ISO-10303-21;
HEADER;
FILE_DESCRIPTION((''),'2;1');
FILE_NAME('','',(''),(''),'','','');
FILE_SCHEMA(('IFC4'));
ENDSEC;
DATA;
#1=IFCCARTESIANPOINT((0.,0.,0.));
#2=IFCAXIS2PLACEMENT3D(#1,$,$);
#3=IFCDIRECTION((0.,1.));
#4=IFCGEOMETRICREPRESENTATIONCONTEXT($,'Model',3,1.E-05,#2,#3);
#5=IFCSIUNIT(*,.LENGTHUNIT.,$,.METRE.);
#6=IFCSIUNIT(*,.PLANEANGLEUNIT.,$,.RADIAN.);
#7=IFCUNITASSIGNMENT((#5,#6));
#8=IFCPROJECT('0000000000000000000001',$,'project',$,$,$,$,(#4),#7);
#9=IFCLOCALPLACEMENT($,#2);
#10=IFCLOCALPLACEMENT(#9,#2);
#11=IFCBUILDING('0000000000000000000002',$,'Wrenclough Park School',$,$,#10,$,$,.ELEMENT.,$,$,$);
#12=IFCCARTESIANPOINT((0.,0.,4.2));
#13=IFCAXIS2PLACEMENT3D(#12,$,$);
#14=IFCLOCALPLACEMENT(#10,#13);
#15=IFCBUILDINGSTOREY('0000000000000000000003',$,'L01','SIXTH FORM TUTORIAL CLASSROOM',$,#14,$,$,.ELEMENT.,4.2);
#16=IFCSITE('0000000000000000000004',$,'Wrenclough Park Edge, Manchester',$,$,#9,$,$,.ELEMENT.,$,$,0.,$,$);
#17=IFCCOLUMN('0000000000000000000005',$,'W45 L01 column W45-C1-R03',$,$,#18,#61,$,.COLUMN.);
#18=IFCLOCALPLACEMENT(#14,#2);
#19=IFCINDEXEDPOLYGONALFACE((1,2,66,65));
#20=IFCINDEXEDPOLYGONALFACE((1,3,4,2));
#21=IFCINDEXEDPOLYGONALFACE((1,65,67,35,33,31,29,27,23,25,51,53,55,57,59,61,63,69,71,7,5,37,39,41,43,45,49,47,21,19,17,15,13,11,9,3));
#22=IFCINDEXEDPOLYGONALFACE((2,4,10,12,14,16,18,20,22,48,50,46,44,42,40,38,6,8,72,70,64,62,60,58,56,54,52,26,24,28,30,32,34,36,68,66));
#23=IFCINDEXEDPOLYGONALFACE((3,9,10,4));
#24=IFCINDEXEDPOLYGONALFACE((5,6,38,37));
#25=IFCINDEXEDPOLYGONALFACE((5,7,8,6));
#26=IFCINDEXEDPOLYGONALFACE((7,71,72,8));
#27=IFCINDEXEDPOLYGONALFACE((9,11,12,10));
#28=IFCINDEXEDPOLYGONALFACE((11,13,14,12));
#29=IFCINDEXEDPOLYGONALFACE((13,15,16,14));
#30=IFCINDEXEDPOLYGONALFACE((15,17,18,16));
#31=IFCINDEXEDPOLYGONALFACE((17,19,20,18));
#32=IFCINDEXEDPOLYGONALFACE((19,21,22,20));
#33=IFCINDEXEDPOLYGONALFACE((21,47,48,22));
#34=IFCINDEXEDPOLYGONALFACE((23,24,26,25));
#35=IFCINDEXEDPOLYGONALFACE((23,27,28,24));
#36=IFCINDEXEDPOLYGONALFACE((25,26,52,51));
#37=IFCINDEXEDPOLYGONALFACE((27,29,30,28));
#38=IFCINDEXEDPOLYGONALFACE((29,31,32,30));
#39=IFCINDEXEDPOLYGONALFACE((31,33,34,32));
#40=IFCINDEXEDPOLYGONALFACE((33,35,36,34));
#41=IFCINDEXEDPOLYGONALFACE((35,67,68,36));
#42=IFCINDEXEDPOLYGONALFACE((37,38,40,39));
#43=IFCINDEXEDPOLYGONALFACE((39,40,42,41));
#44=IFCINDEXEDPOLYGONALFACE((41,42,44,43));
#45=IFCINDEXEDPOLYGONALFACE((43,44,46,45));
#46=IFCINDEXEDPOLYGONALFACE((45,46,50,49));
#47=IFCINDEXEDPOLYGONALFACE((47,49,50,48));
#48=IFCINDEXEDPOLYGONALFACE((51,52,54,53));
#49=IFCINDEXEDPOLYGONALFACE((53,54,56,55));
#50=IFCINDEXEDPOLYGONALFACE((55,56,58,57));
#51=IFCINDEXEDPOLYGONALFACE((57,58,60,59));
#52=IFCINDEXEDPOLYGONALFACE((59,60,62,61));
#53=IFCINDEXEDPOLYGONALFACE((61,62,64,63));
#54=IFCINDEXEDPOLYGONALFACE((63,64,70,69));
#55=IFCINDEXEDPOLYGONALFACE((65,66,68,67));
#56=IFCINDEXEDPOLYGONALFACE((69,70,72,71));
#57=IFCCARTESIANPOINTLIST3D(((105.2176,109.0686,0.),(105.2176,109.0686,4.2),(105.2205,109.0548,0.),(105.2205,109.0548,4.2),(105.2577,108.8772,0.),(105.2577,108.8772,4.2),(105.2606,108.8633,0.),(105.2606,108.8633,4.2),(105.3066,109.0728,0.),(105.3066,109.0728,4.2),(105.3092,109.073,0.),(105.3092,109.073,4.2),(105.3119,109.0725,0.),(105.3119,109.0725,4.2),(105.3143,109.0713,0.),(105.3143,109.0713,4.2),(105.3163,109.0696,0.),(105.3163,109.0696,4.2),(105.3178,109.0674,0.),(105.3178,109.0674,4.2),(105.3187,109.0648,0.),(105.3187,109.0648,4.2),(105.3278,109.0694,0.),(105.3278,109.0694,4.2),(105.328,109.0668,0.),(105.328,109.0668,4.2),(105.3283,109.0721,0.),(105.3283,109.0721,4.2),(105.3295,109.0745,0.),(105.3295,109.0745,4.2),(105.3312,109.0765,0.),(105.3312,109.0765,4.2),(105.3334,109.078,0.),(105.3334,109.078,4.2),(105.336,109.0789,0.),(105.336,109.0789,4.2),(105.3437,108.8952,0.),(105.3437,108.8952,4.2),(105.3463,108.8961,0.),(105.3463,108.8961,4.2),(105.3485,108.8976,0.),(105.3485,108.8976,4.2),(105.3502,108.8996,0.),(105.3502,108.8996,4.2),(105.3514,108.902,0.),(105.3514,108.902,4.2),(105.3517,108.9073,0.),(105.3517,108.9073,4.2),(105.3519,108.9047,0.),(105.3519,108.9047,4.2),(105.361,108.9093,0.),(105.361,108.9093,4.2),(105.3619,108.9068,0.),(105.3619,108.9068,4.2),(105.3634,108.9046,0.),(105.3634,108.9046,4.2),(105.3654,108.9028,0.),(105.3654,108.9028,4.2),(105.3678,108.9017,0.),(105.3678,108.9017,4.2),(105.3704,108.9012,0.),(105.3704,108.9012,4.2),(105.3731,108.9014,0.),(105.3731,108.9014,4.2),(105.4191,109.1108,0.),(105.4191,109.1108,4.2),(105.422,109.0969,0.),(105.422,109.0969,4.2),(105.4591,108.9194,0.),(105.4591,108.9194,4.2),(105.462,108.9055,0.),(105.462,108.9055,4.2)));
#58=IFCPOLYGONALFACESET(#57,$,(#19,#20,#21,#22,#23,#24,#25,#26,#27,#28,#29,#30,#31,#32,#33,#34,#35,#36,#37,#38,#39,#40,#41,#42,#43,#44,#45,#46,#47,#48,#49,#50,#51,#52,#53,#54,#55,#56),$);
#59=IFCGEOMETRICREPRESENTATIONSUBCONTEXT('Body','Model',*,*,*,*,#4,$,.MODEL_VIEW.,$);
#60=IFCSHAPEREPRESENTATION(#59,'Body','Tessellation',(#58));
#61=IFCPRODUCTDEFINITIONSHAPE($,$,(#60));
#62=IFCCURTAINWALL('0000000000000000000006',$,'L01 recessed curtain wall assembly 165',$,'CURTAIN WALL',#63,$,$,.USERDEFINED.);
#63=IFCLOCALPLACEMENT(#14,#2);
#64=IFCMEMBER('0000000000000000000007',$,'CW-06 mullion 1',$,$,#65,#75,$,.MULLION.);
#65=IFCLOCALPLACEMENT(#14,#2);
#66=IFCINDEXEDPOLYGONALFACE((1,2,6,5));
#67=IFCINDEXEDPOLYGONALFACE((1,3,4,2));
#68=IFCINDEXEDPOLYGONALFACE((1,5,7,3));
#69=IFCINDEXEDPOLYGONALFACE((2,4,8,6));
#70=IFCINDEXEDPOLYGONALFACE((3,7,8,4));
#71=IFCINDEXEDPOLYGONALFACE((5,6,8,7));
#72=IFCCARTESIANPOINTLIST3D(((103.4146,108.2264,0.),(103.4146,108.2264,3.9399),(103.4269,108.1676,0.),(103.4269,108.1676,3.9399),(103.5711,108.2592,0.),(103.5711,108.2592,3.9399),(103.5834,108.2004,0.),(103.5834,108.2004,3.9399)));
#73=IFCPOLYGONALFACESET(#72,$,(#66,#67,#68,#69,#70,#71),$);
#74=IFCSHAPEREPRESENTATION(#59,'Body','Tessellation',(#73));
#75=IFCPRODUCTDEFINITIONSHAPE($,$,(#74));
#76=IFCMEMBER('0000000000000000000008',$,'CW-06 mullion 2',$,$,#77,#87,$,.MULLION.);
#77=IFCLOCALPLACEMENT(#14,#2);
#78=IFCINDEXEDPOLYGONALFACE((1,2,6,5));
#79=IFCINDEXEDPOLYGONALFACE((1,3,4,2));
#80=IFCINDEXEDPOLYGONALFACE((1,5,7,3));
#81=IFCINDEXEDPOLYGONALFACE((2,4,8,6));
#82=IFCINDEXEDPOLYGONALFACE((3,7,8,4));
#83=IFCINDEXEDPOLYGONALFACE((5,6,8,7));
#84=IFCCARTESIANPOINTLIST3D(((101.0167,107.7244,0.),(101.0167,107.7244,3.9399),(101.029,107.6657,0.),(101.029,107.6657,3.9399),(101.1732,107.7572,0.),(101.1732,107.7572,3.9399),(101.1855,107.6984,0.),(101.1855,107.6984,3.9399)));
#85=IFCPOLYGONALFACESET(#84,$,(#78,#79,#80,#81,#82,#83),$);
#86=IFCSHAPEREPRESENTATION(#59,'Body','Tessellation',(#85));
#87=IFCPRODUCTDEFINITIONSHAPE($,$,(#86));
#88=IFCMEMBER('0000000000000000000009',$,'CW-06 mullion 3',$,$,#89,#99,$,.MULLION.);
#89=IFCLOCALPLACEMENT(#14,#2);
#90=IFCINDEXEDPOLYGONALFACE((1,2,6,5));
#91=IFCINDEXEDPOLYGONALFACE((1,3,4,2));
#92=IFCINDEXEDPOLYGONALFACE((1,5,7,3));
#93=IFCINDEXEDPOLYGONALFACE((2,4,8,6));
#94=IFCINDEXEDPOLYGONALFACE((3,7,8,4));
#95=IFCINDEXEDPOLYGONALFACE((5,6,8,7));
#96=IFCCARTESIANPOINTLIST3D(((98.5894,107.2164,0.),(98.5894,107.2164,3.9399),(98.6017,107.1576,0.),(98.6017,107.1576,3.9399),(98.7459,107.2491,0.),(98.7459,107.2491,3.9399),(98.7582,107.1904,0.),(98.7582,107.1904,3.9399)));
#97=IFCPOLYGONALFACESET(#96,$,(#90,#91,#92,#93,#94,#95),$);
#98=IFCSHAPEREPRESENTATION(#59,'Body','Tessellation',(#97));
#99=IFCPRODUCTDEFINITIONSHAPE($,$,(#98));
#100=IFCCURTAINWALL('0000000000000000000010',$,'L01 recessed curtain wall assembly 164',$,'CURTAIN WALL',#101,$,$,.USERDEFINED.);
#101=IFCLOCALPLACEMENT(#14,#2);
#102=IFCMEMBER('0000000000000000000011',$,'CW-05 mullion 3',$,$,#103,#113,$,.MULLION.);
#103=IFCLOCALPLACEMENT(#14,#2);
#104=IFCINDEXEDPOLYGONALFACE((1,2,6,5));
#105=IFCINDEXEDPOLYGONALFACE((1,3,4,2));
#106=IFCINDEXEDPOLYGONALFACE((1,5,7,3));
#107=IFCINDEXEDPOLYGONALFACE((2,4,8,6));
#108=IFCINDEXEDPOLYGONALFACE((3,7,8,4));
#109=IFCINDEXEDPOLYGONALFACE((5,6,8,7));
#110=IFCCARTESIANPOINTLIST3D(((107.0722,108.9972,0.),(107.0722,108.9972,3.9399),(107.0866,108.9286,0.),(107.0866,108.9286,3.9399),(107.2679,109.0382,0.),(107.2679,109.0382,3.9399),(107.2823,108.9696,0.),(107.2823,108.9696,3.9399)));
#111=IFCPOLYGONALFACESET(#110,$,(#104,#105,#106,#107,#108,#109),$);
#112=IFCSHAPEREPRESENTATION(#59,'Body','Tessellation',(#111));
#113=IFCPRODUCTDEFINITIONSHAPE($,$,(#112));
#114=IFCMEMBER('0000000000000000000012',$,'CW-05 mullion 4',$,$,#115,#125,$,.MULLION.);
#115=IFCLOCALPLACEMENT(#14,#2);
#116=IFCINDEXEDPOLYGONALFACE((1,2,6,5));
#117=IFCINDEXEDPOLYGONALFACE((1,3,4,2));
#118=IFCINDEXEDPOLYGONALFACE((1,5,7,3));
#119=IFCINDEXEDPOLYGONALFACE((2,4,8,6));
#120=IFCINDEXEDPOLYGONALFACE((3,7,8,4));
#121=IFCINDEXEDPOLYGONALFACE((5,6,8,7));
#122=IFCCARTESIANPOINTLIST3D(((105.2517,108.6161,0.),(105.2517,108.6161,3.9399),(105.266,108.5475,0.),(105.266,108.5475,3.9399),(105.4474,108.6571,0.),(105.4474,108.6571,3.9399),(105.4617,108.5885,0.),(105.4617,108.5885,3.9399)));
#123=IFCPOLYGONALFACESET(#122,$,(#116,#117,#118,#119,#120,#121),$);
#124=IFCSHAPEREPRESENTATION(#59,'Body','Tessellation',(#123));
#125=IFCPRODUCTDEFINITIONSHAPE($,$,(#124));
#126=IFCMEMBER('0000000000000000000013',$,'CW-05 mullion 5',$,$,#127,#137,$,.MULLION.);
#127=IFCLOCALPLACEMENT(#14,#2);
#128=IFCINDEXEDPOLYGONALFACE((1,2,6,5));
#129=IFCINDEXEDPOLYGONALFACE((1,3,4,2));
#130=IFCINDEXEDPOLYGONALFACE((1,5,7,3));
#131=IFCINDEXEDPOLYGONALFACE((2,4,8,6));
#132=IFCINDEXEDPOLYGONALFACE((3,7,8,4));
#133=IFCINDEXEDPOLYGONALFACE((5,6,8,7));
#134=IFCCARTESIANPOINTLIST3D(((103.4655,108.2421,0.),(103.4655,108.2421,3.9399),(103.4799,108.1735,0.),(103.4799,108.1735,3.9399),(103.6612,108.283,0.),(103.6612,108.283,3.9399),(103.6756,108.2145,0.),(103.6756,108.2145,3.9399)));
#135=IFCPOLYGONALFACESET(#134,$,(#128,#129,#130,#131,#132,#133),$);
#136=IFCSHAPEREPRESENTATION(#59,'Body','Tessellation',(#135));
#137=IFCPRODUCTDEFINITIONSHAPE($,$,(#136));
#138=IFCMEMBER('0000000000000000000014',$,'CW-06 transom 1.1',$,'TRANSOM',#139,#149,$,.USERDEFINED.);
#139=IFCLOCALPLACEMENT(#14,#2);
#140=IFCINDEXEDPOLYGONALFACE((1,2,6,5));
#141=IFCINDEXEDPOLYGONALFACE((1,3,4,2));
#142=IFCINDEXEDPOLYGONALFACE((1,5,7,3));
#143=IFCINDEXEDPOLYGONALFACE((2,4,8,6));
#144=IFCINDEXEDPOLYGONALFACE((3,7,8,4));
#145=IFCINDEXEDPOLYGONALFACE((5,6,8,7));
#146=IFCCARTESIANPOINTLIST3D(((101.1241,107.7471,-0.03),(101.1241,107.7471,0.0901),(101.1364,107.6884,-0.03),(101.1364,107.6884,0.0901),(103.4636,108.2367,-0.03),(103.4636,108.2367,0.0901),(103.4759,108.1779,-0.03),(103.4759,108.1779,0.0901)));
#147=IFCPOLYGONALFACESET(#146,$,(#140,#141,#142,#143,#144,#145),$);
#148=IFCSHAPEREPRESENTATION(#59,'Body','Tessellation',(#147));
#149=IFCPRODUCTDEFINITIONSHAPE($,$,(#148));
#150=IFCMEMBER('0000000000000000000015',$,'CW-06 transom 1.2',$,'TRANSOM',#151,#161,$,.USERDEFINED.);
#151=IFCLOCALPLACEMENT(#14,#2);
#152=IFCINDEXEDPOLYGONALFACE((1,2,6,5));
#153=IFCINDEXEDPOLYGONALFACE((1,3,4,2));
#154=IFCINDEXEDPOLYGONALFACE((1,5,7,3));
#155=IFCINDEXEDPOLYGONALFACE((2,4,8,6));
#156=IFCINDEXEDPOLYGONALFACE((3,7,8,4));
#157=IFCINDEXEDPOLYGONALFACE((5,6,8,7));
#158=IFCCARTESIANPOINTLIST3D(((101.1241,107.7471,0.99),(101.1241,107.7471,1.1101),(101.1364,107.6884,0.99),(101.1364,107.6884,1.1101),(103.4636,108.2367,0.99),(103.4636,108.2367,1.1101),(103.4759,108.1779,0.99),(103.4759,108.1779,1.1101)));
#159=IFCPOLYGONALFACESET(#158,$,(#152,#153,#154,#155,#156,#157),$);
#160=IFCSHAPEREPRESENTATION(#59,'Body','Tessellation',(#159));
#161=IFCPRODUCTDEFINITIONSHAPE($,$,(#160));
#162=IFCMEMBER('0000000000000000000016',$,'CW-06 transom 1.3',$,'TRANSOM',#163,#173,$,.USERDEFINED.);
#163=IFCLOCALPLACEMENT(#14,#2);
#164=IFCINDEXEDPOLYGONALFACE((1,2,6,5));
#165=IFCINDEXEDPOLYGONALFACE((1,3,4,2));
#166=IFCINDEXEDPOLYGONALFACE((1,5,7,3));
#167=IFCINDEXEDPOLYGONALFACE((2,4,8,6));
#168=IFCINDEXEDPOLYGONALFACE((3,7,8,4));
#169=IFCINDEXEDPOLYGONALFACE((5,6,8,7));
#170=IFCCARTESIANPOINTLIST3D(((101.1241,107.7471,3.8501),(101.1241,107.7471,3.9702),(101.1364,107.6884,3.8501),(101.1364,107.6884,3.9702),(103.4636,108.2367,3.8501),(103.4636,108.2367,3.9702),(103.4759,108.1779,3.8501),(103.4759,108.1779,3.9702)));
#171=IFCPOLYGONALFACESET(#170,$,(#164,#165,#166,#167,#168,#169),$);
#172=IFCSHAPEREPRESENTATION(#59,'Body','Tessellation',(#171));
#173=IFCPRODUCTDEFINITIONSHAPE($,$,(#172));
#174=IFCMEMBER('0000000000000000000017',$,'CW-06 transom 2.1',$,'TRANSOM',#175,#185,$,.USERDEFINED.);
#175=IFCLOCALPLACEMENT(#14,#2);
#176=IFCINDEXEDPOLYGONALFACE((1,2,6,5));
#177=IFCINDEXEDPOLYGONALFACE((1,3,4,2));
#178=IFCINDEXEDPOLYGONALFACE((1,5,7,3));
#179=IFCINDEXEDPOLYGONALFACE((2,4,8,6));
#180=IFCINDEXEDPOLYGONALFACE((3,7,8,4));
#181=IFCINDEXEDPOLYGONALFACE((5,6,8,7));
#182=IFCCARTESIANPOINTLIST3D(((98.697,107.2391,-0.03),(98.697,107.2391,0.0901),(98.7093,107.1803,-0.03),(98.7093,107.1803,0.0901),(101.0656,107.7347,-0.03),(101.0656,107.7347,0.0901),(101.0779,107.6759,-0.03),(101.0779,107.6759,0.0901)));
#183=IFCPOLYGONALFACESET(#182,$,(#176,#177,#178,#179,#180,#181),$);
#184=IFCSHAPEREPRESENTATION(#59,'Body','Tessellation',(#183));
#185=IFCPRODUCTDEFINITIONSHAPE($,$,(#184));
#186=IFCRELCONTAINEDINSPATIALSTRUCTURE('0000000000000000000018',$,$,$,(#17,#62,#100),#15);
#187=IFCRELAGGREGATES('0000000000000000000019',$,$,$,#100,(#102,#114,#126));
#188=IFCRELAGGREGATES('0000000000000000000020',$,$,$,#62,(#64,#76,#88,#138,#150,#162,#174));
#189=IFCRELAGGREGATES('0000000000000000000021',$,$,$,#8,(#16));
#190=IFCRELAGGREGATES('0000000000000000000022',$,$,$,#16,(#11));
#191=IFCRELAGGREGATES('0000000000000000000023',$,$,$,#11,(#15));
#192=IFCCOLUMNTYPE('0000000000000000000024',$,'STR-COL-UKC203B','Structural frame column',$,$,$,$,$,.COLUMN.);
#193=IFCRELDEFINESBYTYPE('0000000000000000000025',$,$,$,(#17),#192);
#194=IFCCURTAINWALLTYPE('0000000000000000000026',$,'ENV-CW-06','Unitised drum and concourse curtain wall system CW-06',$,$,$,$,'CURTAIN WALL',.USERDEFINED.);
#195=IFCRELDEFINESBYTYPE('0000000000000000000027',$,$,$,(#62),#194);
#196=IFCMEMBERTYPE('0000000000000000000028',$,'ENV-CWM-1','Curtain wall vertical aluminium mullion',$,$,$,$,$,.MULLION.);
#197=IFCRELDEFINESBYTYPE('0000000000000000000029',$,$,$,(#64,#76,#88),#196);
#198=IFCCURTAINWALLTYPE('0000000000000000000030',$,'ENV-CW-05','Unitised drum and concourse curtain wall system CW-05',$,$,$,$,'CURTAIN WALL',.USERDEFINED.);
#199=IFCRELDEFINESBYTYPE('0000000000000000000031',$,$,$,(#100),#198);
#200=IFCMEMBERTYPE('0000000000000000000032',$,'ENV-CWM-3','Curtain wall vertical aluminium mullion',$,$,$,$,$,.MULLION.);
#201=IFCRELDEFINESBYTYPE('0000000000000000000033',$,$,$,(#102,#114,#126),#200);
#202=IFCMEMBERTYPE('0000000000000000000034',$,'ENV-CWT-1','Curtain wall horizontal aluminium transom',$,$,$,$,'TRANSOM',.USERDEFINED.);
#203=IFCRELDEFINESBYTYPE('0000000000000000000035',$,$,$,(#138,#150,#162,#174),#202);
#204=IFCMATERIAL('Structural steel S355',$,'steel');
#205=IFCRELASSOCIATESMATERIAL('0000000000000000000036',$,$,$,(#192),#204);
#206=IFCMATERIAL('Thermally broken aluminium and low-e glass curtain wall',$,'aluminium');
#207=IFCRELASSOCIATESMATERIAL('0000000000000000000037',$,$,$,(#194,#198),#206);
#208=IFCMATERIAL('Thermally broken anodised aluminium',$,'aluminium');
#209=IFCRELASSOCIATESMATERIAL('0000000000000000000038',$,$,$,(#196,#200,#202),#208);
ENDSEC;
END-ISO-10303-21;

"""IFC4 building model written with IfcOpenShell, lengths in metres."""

from ifc_helpers import new_model, si_unit, direction, frame, origin, origin_2d, place, context, subcontext, project, spatial, rectangle, i_section, extrude, material, material_profile, profile_set, type_object, element, aggregate, save


model = new_model("IFC4")

# Units and contexts
model_context = context("Model", 3, precision=1e-05, world=origin(), true_north=direction((0.0, 1.0)))
body_context = subcontext(model_context, "Body", "Model", "MODEL_VIEW")
ifc_project = project(units=[si_unit("LENGTHUNIT", "METRE"), si_unit("PLANEANGLEUNIT", "RADIAN")], contexts=[model_context])

# Site, building, storey
site_placement = place(None, origin())
site = spatial("IfcSite", under=ifc_project, at=site_placement, Name="Wrenclough Park Edge, Manchester", CompositionType="ELEMENT", RefElevation=0.0)
building_placement = place(site_placement, origin())
building = spatial("IfcBuilding", under=site, at=building_placement, Name="Wrenclough Park School", CompositionType="ELEMENT")
storey_placement = place(building_placement, frame((0.0, 0.0, 4.2)))
storey = spatial("IfcBuildingStorey", under=building, at=storey_placement, Name="L01", Description="SIXTH FORM TUTORIAL CLASSROOM", CompositionType="ELEMENT", Elevation=4.2)

# Column
ifc_material_1 = material(Name="Structural steel S355", Category="steel")
ifc_material_profile_1 = material_profile(ifc_material_1, i_section(OverallWidth=0.2058, OverallDepth=0.2097, WebThickness=0.0095, FlangeThickness=0.0142, FilletRadius=0.0103, at=origin_2d()), Name="UKC 203x203x60")
ifc_profile_set_1 = profile_set([ifc_material_profile_1], Name="Structural steel S355")
column_type = type_object("IfcColumnType", Name="STR-COL-UKC203B", Description="Structural frame column", PredefinedType="COLUMN", material=ifc_profile_set_1)
column_placement = place(storey_placement, frame((105.3398, 108.9871, 0.0), z_axis=(0.0, 0.0, 1.0), x_axis=(0.978796, 0.204838, 0.0)))
element("IfcColumn", 1, at=column_placement, inside=storey, type_object=column_type, Name="W45 L01 column W45-C1-R03", PredefinedType="COLUMN", context=body_context, shape_type="SweptSolid", body=[
    extrude(i_section(OverallWidth=0.2058, OverallDepth=0.2097, WebThickness=0.0095, FlangeThickness=0.0142, FilletRadius=0.0103, at=origin_2d()), origin(), (0.0, 0.0, 1.0), 4.2),
])

# Curtain walls, members
ifc_material_2 = material(Name="Thermally broken aluminium and low-e glass curtain wall", Category="aluminium")
curtain_wall_type_1 = type_object("IfcCurtainWallType", Name="ENV-CW-06", Description="Unitised drum and concourse curtain wall system CW-06", ElementType="CURTAIN WALL", PredefinedType="USERDEFINED", material=ifc_material_2)
curtain_wall_1_placement = place(storey_placement, origin())
curtain_wall_1 = element("IfcCurtainWall", 2, at=curtain_wall_1_placement, inside=storey, type_object=curtain_wall_type_1, Name="L01 recessed curtain wall assembly 165", ObjectType="CURTAIN WALL", PredefinedType="USERDEFINED")
ifc_material_3 = material(Name="Thermally broken anodised aluminium", Category="aluminium")
ifc_material_profile_2 = material_profile(ifc_material_3, rectangle(XDim=0.0601, YDim=0.1599, at=origin_2d()), Name="AL MULLION 60x160")
ifc_profile_set_2 = profile_set([ifc_material_profile_2], Name="Thermally broken anodised aluminium")
member_type_1 = type_object("IfcMemberType", Name="ENV-CWM-1", Description="Curtain wall vertical aluminium mullion", PredefinedType="MULLION", material=ifc_profile_set_2)
member_1_placement = place(storey_placement, frame((103.499, 108.2134, 0.0), z_axis=(0.0, 0.0, 1.0), x_axis=(0.204874, -0.978788, 0.0)))
member_1 = element("IfcMember", 3, at=member_1_placement, type_object=member_type_1, Name="CW-06 mullion 1", PredefinedType="MULLION", context=body_context, shape_type="SweptSolid", body=[
    extrude(rectangle(XDim=0.0601, YDim=0.1599, at=origin_2d()), origin(), (0.0, 0.0, 1.0), 3.9399),
])
member_2_placement = place(storey_placement, frame((101.1011, 107.7114, 0.0), z_axis=(0.0, 0.0, 1.0), x_axis=(0.204874, -0.978788, 0.0)))
member_2 = element("IfcMember", 4, at=member_2_placement, type_object=member_type_1, Name="CW-06 mullion 2", PredefinedType="MULLION", context=body_context, shape_type="SweptSolid", body=[
    extrude(rectangle(XDim=0.0601, YDim=0.1599, at=origin_2d()), origin(), (0.0, 0.0, 1.0), 3.9399),
])
member_3_placement = place(storey_placement, frame((98.6738, 107.2034, 0.0), z_axis=(0.0, 0.0, 1.0), x_axis=(0.204874, -0.978788, 0.0)))
member_3 = element("IfcMember", 5, at=member_3_placement, type_object=member_type_1, Name="CW-06 mullion 3", PredefinedType="MULLION", context=body_context, shape_type="SweptSolid", body=[
    extrude(rectangle(XDim=0.0601, YDim=0.1599, at=origin_2d()), origin(), (0.0, 0.0, 1.0), 3.9399),
])
curtain_wall_type_2 = type_object("IfcCurtainWallType", Name="ENV-CW-05", Description="Unitised drum and concourse curtain wall system CW-05", ElementType="CURTAIN WALL", PredefinedType="USERDEFINED", material=ifc_material_2)
curtain_wall_2_placement = place(storey_placement, origin())
curtain_wall_2 = element("IfcCurtainWall", 6, at=curtain_wall_2_placement, inside=storey, type_object=curtain_wall_type_2, Name="L01 recessed curtain wall assembly 164", ObjectType="CURTAIN WALL", PredefinedType="USERDEFINED")
ifc_material_profile_3 = material_profile(ifc_material_3, rectangle(XDim=0.0701, YDim=0.2, at=origin_2d()), Name="AL MULLION 70x200")
ifc_profile_set_3 = profile_set([ifc_material_profile_3], Name="Thermally broken anodised aluminium")
member_type_2 = type_object("IfcMemberType", Name="ENV-CWM-3", Description="Curtain wall vertical aluminium mullion", PredefinedType="MULLION", material=ifc_profile_set_3)
member_4_placement = place(storey_placement, frame((107.1772, 108.9834, 0.0), z_axis=(0.0, 0.0, 1.0), x_axis=(0.204874, -0.978788, 0.0)))
member_4 = element("IfcMember", 7, at=member_4_placement, type_object=member_type_2, Name="CW-05 mullion 3", PredefinedType="MULLION", context=body_context, shape_type="SweptSolid", body=[
    extrude(rectangle(XDim=0.0701, YDim=0.2, at=origin_2d()), origin(), (0.0, 0.0, 1.0), 3.9399),
])
member_5_placement = place(storey_placement, frame((105.3567, 108.6023, 0.0), z_axis=(0.0, 0.0, 1.0), x_axis=(0.204874, -0.978788, 0.0)))
member_5 = element("IfcMember", 8, at=member_5_placement, type_object=member_type_2, Name="CW-05 mullion 4", PredefinedType="MULLION", context=body_context, shape_type="SweptSolid", body=[
    extrude(rectangle(XDim=0.0701, YDim=0.2, at=origin_2d()), origin(), (0.0, 0.0, 1.0), 3.9399),
])
member_6_placement = place(storey_placement, frame((103.5706, 108.2283, 0.0), z_axis=(0.0, 0.0, 1.0), x_axis=(0.204874, -0.978788, 0.0)))
member_6 = element("IfcMember", 9, at=member_6_placement, type_object=member_type_2, Name="CW-05 mullion 5", PredefinedType="MULLION", context=body_context, shape_type="SweptSolid", body=[
    extrude(rectangle(XDim=0.0701, YDim=0.2, at=origin_2d()), origin(), (0.0, 0.0, 1.0), 3.9399),
])

# Members
ifc_material_profile_4 = material_profile(ifc_material_3, rectangle(XDim=0.0601, YDim=0.1201, at=origin_2d()), Name="AL TRANSOM 60x120")
ifc_profile_set_4 = profile_set([ifc_material_profile_4], Name="Thermally broken anodised aluminium")
member_type_3 = type_object("IfcMemberType", Name="ENV-CWT-1", Description="Curtain wall horizontal aluminium transom", ElementType="TRANSOM", PredefinedType="USERDEFINED", material=ifc_profile_set_4)
member_7_placement = place(storey_placement, frame((103.4697, 108.2073, 0.03), z_axis=(-0.978802, -0.204811, 0.0), x_axis=(0.204811, -0.978802, 0.0)))
member_7 = element("IfcMember", 10, at=member_7_placement, type_object=member_type_3, Name="CW-06 transom 1.1", ObjectType="TRANSOM", PredefinedType="USERDEFINED", context=body_context, shape_type="SweptSolid", body=[
    extrude(rectangle(XDim=0.0601, YDim=0.1201, at=origin_2d()), origin(), (0.0, 0.0, 1.0), 2.3901),
])
member_8_placement = place(storey_placement, frame((103.4697, 108.2073, 1.05), z_axis=(-0.978802, -0.204811, 0.0), x_axis=(0.204811, -0.978802, 0.0)))
member_8 = element("IfcMember", 11, at=member_8_placement, type_object=member_type_3, Name="CW-06 transom 1.2", ObjectType="TRANSOM", PredefinedType="USERDEFINED", context=body_context, shape_type="SweptSolid", body=[
    extrude(rectangle(XDim=0.0601, YDim=0.1201, at=origin_2d()), origin(), (0.0, 0.0, 1.0), 2.3901),
])
member_9_placement = place(storey_placement, frame((103.4697, 108.2073, 3.9102), z_axis=(-0.978802, -0.204811, 0.0), x_axis=(0.204811, -0.978802, 0.0)))
member_9 = element("IfcMember", 12, at=member_9_placement, type_object=member_type_3, Name="CW-06 transom 1.3", ObjectType="TRANSOM", PredefinedType="USERDEFINED", context=body_context, shape_type="SweptSolid", body=[
    extrude(rectangle(XDim=0.0601, YDim=0.1201, at=origin_2d()), origin(), (0.0, 0.0, 1.0), 2.3901),
])
member_10_placement = place(storey_placement, frame((101.0718, 107.7053, 0.03), z_axis=(-0.978804, -0.2048, 0.0), x_axis=(0.2048, -0.978804, 0.0)))
member_10 = element("IfcMember", 13, at=member_10_placement, type_object=member_type_3, Name="CW-06 transom 2.1", ObjectType="TRANSOM", PredefinedType="USERDEFINED", context=body_context, shape_type="SweptSolid", body=[
    extrude(rectangle(XDim=0.0601, YDim=0.1201, at=origin_2d()), origin(), (0.0, 0.0, 1.0), 2.4199),
])

aggregate(curtain_wall_2, [member_4, member_5, member_6])
aggregate(curtain_wall_1, [member_1, member_2, member_3, member_7, member_8, member_9, member_10])

save(model, "model.ifc")
